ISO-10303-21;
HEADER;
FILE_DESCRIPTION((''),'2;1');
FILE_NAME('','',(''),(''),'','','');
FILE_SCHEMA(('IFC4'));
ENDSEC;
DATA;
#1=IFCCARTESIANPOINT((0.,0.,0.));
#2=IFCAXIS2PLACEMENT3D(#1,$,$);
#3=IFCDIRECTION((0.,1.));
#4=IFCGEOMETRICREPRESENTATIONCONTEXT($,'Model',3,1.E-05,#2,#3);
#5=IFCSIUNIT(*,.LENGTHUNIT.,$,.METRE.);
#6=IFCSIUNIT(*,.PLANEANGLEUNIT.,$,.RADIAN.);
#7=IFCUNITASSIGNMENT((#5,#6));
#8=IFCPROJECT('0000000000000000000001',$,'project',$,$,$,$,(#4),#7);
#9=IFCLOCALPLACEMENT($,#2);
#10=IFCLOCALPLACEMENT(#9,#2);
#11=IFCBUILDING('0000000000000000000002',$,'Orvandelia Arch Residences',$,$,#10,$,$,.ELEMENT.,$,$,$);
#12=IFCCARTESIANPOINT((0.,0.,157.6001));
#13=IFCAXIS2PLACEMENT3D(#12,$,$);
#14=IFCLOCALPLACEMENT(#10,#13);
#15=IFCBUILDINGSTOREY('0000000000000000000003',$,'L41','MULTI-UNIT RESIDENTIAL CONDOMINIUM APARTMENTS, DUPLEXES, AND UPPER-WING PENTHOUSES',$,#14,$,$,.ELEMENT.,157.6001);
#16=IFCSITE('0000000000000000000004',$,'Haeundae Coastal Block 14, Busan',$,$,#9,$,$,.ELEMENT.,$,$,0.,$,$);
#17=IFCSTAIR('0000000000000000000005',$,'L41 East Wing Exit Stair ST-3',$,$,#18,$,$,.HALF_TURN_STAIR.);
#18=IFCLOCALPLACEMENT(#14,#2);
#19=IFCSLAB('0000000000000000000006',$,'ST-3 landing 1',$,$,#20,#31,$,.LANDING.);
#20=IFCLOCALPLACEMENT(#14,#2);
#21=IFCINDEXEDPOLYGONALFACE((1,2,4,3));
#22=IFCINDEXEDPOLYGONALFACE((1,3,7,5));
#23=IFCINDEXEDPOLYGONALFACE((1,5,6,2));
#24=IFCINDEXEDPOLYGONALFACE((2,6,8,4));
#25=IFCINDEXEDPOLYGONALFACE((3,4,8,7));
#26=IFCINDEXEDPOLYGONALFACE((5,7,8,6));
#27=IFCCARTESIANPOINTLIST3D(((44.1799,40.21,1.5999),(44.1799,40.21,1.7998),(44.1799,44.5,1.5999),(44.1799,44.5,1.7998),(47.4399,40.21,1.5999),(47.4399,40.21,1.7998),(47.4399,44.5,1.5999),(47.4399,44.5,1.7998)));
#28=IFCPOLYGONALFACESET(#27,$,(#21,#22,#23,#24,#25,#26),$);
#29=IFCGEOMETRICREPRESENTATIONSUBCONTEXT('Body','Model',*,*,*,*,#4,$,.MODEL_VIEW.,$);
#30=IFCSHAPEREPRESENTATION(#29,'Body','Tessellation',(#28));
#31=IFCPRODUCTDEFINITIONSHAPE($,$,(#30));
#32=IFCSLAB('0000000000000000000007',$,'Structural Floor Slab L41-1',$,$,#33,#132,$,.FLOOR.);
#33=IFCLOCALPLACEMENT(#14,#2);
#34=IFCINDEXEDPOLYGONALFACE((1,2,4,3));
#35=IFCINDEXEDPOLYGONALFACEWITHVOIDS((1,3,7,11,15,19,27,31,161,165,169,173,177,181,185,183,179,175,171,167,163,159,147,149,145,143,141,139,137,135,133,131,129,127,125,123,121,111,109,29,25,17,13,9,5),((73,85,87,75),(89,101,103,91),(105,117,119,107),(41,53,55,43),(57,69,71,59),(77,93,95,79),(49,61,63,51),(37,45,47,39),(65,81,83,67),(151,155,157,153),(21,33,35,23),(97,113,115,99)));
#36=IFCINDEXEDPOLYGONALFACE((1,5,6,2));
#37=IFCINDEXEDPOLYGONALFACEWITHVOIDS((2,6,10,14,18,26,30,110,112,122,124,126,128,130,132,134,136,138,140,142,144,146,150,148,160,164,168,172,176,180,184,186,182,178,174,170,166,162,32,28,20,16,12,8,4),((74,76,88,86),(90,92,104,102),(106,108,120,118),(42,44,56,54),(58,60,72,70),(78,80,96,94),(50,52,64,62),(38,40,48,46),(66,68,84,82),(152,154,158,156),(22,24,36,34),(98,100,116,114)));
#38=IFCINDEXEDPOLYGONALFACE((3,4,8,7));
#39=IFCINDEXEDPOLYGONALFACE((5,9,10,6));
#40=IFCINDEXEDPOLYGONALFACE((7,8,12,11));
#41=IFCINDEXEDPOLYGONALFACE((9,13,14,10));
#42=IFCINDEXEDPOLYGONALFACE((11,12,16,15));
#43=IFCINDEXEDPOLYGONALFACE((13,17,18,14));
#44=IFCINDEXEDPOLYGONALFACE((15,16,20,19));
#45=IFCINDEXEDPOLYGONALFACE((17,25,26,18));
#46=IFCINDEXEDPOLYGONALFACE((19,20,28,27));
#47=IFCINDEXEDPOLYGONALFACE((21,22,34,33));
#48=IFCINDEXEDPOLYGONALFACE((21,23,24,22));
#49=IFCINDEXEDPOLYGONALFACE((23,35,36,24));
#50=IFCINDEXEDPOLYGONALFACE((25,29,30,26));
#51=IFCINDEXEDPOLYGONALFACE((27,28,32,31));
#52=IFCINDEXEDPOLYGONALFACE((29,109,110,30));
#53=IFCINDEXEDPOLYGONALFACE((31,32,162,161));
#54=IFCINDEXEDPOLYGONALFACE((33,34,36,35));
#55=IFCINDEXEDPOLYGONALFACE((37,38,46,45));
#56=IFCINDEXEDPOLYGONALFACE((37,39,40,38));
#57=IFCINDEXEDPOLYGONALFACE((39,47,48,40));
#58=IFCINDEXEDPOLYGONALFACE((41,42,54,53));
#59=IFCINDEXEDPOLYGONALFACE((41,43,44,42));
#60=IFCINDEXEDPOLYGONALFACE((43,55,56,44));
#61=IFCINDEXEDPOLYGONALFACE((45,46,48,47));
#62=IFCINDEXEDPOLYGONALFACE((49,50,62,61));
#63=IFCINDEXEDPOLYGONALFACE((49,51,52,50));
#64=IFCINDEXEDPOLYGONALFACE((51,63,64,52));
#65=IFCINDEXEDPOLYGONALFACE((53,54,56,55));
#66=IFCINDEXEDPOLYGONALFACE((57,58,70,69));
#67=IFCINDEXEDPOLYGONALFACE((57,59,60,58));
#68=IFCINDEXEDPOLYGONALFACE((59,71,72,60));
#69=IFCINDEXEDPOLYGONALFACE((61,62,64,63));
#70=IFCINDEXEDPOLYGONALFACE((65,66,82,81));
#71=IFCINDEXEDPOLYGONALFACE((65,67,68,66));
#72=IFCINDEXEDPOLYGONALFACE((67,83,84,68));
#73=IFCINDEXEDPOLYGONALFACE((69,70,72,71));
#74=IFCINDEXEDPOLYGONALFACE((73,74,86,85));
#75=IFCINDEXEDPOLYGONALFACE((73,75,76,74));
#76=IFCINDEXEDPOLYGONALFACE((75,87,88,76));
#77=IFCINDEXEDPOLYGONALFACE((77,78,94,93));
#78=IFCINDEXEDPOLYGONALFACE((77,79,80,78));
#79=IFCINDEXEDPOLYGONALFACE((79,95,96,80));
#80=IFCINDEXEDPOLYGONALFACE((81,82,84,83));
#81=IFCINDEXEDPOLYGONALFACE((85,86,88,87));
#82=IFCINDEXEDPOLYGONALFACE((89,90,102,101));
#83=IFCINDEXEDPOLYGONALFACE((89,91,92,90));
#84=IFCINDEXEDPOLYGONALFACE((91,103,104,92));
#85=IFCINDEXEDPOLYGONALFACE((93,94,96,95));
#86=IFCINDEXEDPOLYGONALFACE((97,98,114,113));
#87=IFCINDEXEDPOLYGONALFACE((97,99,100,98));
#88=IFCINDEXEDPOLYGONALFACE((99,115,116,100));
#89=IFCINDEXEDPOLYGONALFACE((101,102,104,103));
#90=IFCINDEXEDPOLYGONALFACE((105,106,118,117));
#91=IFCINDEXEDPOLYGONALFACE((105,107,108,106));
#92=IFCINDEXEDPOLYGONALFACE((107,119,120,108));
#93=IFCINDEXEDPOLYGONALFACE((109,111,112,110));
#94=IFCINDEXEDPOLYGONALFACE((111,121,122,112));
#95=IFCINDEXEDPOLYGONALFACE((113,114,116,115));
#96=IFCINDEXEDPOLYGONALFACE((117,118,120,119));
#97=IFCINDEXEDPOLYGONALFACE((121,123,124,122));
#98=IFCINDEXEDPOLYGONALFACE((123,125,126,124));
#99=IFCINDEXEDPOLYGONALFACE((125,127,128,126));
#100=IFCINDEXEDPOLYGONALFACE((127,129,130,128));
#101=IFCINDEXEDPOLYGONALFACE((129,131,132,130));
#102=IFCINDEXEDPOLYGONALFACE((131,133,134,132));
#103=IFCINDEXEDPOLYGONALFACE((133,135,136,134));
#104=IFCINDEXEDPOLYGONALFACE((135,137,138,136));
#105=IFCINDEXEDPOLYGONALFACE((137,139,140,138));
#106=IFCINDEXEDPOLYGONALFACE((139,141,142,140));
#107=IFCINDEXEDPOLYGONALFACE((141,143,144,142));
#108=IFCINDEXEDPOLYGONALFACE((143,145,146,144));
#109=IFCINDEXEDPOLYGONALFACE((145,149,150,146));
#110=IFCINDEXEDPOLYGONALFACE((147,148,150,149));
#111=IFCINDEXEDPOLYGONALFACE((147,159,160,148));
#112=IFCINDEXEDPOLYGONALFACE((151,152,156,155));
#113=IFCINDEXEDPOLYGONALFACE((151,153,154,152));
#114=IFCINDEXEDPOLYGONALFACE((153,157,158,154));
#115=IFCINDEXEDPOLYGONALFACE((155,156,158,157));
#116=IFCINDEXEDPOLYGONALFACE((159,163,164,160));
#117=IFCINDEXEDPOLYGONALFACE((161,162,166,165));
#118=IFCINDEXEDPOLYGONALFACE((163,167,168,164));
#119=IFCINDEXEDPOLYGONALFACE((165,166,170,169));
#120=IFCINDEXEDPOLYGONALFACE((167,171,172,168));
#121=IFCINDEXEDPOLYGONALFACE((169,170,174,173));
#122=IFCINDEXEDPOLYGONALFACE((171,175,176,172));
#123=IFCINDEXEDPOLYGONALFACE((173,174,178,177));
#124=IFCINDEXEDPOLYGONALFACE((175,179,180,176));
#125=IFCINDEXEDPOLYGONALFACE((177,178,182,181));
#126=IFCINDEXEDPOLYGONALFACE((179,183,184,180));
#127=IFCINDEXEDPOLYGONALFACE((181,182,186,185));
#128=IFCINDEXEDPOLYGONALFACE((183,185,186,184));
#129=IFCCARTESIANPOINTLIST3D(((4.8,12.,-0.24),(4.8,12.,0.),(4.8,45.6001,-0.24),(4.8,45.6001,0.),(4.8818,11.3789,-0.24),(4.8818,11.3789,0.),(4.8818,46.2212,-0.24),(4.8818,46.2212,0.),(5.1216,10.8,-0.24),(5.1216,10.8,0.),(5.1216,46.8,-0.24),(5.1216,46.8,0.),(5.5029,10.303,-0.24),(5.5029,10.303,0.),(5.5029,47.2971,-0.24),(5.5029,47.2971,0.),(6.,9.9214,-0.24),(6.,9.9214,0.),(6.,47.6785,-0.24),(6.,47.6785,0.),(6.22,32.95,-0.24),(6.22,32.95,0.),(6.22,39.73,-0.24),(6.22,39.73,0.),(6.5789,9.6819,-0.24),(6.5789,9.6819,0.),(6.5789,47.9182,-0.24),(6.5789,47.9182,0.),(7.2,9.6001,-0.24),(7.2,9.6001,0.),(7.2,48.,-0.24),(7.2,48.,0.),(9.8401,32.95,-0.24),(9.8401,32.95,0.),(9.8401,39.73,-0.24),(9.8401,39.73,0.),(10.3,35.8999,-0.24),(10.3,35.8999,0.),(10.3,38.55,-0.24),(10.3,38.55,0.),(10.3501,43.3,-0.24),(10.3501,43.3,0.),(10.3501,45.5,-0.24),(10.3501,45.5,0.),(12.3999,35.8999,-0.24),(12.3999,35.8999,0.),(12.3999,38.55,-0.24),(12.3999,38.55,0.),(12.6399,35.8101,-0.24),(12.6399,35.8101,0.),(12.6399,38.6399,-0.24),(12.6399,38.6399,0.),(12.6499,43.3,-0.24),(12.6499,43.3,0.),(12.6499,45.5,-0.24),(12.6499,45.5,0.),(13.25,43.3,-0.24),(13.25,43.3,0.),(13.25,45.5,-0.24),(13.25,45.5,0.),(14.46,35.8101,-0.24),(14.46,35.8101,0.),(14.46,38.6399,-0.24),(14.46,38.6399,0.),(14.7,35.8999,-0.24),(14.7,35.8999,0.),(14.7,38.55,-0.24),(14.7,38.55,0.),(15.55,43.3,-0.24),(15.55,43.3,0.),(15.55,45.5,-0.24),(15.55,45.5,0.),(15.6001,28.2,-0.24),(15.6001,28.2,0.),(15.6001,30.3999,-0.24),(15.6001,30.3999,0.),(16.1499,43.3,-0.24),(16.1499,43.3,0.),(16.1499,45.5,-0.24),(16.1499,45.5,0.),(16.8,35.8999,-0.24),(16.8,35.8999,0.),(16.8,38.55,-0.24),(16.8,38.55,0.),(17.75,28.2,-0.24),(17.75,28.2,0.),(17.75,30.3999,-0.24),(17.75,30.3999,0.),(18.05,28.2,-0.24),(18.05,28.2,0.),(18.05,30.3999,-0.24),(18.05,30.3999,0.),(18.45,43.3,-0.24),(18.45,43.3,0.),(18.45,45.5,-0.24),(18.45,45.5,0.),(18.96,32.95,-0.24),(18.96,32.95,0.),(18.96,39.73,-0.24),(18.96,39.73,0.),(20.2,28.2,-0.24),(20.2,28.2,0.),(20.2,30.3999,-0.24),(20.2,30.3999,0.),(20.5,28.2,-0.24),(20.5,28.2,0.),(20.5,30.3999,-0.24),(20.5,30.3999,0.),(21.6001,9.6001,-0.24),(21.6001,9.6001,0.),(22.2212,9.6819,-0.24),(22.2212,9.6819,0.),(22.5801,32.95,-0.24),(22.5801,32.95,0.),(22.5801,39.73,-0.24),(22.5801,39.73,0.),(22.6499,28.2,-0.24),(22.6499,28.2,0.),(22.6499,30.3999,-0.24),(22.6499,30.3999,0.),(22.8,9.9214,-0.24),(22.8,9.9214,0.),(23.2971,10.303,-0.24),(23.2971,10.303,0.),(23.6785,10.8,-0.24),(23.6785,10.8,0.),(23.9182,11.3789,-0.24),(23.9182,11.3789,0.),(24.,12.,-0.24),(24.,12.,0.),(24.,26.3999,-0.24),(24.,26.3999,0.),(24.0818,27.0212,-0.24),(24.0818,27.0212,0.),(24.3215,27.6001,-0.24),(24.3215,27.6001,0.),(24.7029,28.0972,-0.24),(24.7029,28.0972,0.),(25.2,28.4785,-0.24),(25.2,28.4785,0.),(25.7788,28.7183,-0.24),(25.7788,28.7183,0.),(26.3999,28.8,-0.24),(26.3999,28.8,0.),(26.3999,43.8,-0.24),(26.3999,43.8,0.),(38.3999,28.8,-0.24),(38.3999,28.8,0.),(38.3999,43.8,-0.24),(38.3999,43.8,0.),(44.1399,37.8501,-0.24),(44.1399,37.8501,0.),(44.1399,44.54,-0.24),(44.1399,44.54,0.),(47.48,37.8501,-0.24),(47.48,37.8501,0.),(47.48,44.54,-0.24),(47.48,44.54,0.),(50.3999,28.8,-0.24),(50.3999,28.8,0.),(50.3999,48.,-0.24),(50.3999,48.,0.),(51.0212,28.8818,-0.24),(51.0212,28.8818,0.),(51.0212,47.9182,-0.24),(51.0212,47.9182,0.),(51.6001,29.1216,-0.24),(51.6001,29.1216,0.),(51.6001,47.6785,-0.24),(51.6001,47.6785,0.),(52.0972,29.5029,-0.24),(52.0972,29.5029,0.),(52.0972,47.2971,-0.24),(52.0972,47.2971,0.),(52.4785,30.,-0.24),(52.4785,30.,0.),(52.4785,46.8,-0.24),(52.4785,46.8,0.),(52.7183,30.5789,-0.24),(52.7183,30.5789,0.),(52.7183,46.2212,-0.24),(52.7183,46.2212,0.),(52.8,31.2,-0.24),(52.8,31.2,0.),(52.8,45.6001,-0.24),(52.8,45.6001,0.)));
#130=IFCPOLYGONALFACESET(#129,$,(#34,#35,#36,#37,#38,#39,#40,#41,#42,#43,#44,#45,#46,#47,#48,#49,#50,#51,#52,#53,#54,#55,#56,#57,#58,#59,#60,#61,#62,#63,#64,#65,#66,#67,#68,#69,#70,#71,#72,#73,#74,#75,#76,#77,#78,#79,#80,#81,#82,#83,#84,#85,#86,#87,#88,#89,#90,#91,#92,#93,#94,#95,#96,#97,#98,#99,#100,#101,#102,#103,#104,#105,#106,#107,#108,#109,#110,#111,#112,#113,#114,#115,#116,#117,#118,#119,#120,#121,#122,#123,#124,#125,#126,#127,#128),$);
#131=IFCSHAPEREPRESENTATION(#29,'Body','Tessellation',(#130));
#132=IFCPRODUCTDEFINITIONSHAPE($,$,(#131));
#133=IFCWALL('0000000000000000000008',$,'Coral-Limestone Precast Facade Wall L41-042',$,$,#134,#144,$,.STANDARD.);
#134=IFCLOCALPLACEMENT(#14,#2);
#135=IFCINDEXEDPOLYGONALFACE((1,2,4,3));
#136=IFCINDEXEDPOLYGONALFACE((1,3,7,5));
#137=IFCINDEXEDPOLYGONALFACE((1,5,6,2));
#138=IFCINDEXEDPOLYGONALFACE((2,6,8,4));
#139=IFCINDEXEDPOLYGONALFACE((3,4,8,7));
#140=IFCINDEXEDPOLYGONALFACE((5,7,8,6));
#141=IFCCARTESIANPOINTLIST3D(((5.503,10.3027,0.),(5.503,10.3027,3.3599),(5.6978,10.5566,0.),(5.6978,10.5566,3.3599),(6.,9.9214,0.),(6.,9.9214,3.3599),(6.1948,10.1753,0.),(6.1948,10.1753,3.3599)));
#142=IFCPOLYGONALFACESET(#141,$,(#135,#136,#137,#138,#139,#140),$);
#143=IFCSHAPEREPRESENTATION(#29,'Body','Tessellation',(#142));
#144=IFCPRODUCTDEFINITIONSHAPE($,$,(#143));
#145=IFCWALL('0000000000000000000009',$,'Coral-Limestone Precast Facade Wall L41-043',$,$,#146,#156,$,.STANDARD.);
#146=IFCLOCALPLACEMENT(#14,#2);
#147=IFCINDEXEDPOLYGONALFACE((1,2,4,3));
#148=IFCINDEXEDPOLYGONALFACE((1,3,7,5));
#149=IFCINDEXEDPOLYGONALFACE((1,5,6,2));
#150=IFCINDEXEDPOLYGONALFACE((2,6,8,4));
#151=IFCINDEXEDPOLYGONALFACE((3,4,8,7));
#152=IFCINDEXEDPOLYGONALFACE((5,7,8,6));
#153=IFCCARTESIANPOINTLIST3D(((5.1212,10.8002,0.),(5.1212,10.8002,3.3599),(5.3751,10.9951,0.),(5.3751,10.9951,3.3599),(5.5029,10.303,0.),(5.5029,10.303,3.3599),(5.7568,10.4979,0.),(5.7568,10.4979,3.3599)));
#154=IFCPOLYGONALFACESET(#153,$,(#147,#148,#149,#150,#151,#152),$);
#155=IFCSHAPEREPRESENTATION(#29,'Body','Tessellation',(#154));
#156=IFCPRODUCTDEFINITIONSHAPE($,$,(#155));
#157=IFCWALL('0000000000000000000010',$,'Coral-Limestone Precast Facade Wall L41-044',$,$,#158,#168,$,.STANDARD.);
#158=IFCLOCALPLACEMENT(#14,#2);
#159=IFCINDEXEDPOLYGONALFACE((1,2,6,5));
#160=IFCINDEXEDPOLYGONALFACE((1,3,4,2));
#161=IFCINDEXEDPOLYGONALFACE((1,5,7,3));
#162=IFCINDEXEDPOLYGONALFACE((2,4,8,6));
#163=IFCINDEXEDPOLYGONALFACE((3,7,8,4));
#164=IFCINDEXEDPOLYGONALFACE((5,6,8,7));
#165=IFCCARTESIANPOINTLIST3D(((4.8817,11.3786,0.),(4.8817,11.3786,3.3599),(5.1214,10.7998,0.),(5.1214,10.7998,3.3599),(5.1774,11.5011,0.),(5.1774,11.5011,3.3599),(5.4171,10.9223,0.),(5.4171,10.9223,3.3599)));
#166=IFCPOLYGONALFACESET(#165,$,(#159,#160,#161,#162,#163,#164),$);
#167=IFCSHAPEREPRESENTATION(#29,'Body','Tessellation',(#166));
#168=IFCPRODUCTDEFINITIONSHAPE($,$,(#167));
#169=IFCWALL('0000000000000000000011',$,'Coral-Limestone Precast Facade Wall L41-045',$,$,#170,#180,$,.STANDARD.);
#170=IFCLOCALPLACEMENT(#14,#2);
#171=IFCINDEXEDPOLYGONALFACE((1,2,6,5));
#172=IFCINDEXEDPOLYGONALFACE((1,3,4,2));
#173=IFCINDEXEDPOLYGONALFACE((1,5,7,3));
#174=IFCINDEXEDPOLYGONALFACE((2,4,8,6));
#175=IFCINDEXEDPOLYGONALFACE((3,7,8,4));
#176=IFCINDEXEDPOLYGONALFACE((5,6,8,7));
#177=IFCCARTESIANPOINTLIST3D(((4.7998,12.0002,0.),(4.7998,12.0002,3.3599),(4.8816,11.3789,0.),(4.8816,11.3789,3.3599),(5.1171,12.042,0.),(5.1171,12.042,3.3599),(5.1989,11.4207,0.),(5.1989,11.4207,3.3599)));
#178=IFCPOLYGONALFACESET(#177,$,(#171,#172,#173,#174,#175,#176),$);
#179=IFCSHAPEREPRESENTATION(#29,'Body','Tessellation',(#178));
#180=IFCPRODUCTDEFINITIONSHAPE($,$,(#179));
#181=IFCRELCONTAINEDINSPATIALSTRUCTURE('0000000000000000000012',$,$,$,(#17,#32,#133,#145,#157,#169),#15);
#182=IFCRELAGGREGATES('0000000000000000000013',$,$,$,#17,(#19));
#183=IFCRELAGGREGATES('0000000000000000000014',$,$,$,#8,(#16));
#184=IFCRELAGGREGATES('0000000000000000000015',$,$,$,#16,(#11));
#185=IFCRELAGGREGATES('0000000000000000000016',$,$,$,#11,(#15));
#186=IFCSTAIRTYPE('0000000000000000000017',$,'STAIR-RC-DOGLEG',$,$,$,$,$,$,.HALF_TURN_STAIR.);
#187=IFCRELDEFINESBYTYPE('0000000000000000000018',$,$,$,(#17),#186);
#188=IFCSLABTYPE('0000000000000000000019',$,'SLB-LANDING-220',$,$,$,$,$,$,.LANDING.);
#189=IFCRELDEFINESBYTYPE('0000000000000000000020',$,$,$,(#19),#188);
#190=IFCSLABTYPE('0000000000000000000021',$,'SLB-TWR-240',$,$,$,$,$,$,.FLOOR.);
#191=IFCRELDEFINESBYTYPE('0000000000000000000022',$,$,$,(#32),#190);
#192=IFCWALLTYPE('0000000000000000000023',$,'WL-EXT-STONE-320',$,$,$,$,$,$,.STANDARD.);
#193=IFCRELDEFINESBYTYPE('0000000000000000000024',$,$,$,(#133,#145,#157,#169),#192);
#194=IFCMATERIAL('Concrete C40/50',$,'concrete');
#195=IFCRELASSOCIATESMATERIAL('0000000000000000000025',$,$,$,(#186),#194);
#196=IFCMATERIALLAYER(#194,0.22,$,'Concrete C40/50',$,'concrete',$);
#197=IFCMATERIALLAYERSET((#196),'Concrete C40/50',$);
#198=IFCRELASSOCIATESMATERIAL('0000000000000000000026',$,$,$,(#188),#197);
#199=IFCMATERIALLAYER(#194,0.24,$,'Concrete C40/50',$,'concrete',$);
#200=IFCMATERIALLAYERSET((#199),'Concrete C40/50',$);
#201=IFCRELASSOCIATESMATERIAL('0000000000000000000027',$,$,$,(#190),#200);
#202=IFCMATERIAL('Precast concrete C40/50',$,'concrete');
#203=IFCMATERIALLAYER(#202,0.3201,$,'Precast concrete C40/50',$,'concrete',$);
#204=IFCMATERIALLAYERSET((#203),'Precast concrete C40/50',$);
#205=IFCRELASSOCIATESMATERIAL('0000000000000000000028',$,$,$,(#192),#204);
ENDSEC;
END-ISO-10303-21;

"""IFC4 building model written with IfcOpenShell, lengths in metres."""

from ifc_helpers import new_model, si_unit, direction, frame, frame_2d, origin, place, context, subcontext, project, spatial, polyline, rectangle, outline, extrude, material, layer, layer_set, type_object, element, aggregate, save


model = new_model("IFC4")

# Units and contexts
model_context = context("Model", 3, precision=1e-05, world=origin(), true_north=direction((0.0, 1.0)))
body_context = subcontext(model_context, "Body", "Model", "MODEL_VIEW")
ifc_project = project(units=[si_unit("LENGTHUNIT", "METRE"), si_unit("PLANEANGLEUNIT", "RADIAN")], contexts=[model_context])

# Site, building, storey
site_placement = place(None, origin())
site = spatial("IfcSite", under=ifc_project, at=site_placement, Name="Haeundae Coastal Block 14, Busan", CompositionType="ELEMENT", RefElevation=0.0)
building_placement = place(site_placement, origin())
building = spatial("IfcBuilding", under=site, at=building_placement, Name="Orvandelia Arch Residences", CompositionType="ELEMENT")
storey_placement = place(building_placement, frame((0.0, 0.0, 157.6001)))
storey = spatial("IfcBuildingStorey", under=building, at=storey_placement, Name="L41", Description="MULTI-UNIT RESIDENTIAL CONDOMINIUM APARTMENTS, DUPLEXES, AND UPPER-WING PENTHOUSES", CompositionType="ELEMENT", Elevation=157.6001)

# Shared definitions
ifc_material_1 = material(Name="Precast concrete C40/50", Category="concrete")

# Stair, slab
ifc_material_2 = material(Name="Concrete C40/50", Category="concrete")
stair_type = type_object("IfcStairType", Name="STAIR-RC-DOGLEG", PredefinedType="HALF_TURN_STAIR", material=ifc_material_2)
ifc_layer_1 = layer(ifc_material_2, 0.22, Name="Concrete C40/50", Category="concrete")
ifc_layer_set_1 = layer_set([ifc_layer_1], Name="Concrete C40/50")
slab_type_1 = type_object("IfcSlabType", Name="SLB-LANDING-220", PredefinedType="LANDING", material=ifc_layer_set_1)
stair_1_placement = place(storey_placement, origin())
stair_1 = element("IfcStair", 1, at=stair_1_placement, inside=storey, type_object=stair_type, Name="L41 East Wing Exit Stair ST-3", PredefinedType="HALF_TURN_STAIR")
slab_1_placement = place(storey_placement, frame((0.0, 0.0, 1.5999)))
slab_1 = element("IfcSlab", 2, at=slab_1_placement, type_object=slab_type_1, Name="ST-3 landing 1", PredefinedType="LANDING", context=body_context, shape_type="SweptSolid", body=[
    extrude(outline(polyline([(47.4399, 40.21), (47.4399, 44.5), (44.1799, 44.5), (44.1799, 40.21), (47.4399, 40.21)])), origin(), (0.0, 0.0, 1.0), 0.2),
])
aggregate(stair_1, [slab_1])

# Slab
ifc_layer_2 = layer(ifc_material_2, 0.24, Name="Concrete C40/50", Category="concrete")
ifc_layer_set_2 = layer_set([ifc_layer_2], Name="Concrete C40/50")
slab_type_2 = type_object("IfcSlabType", Name="SLB-TWR-240", PredefinedType="FLOOR", material=ifc_layer_set_2)
slab_2_placement = place(storey_placement, frame((0.0, 0.0, -0.24)))
element("IfcSlab", 3, at=slab_2_placement, inside=storey, type_object=slab_type_2, Name="Structural Floor Slab L41-1", PredefinedType="FLOOR", context=body_context, shape_type="SweptSolid", body=[
    extrude(outline(polyline([(4.8, 12.0), (4.8818, 11.3789), (5.1216, 10.8), (5.5029, 10.303), (6.0, 9.9214), (6.5789, 9.6819), (7.2, 9.6001), (21.6001, 9.6001), (22.2212, 9.6819), (22.8, 9.9214), (23.2971, 10.303), (23.6785, 10.8), (23.9182, 11.3789), (24.0, 12.0), (24.0, 26.3999), (24.0818, 27.0212), (24.3215, 27.6001), (24.7029, 28.0972), (25.2, 28.4785), (25.7788, 28.7183), (26.3999, 28.8), (26.3999, 43.8), (38.3999, 43.8), (38.3999, 28.8), (50.3999, 28.8), (51.0212, 28.8818), (51.6001, 29.1216), (52.0972, 29.5029), (52.4785, 30.0), (52.7183, 30.5789), (52.8, 31.2), (52.8, 45.6001), (52.7183, 46.2212), (52.4785, 46.8), (52.0972, 47.2971), (51.6001, 47.6785), (51.0212, 47.9182), (50.3999, 48.0), (7.2, 48.0), (6.5789, 47.9182), (6.0, 47.6785), (5.5029, 47.2971), (5.1216, 46.8), (4.8818, 46.2212), (4.8, 45.6001), (4.8, 12.0)]), holes=[polyline([(6.22, 32.95), (9.8401, 32.95), (9.8401, 39.73), (6.22, 39.73), (6.22, 32.95)]), polyline([(18.96, 32.95), (22.5801, 32.95), (22.5801, 39.73), (18.96, 39.73), (18.96, 32.95)]), polyline([(44.1399, 37.8501), (47.48, 37.8501), (47.48, 44.54), (44.1399, 44.54), (44.1399, 37.8501)]), polyline([(12.6399, 35.8101), (14.46, 35.8101), (14.46, 38.6399), (12.6399, 38.6399), (12.6399, 35.8101)]), polyline([(10.3, 35.8999), (12.3999, 35.8999), (12.3999, 38.55), (10.3, 38.55), (10.3, 35.8999)]), polyline([(14.7, 35.8999), (16.8, 35.8999), (16.8, 38.55), (14.7, 38.55), (14.7, 35.8999)]), polyline([(10.3501, 43.3), (12.6499, 43.3), (12.6499, 45.5), (10.3501, 45.5), (10.3501, 43.3)]), polyline([(13.25, 43.3), (15.55, 43.3), (15.55, 45.5), (13.25, 45.5), (13.25, 43.3)]), polyline([(16.1499, 43.3), (18.45, 43.3), (18.45, 45.5), (16.1499, 45.5), (16.1499, 43.3)]), polyline([(15.6001, 28.2), (17.75, 28.2), (17.75, 30.3999), (15.6001, 30.3999), (15.6001, 28.2)]), polyline([(18.05, 28.2), (20.2, 28.2), (20.2, 30.3999), (18.05, 30.3999), (18.05, 28.2)]), polyline([(20.5, 28.2), (22.6499, 28.2), (22.6499, 30.3999), (20.5, 30.3999), (20.5, 28.2)])]), origin(), (0.0, 0.0, 1.0), 0.24),
])

# Walls
ifc_layer_3 = layer(ifc_material_1, 0.3201, Name="Precast concrete C40/50", Category="concrete")
ifc_layer_set_3 = layer_set([ifc_layer_3], Name="Precast concrete C40/50")
wall_type_1 = type_object("IfcWallType", Name="WL-EXT-STONE-320", PredefinedType="STANDARD", material=ifc_layer_set_3)
wall_1_placement = place(storey_placement, frame((6.0974, 10.0483, 0.0), z_axis=(0.0, 0.0, 1.0), x_axis=(-0.793406, 0.608693, 0.0)))
element("IfcWall", 4, at=wall_1_placement, inside=storey, type_object=wall_type_1, Name="Coral-Limestone Precast Facade Wall L41-042", PredefinedType="STANDARD", context=body_context, shape_type="SweptSolid", body=[
    extrude(rectangle(XDim=0.6265, YDim=0.3201, at=frame_2d((0.3132, 0.0))), origin(), (0.0, 0.0, 1.0), 3.3599),
])
wall_2_placement = place(storey_placement, frame((5.6299, 10.4004, 0.0), z_axis=(0.0, 0.0, 1.0), x_axis=(-0.608939, 0.793217, 0.0)))
element("IfcWall", 5, at=wall_2_placement, inside=storey, type_object=wall_type_1, Name="Coral-Limestone Precast Facade Wall L41-043", PredefinedType="STANDARD", context=body_context, shape_type="SweptSolid", body=[
    extrude(rectangle(XDim=0.6267, YDim=0.3201, at=frame_2d((0.3135, 0.0))), origin(), (0.0, 0.0, 1.0), 3.3599),
])
wall_3_placement = place(storey_placement, frame((5.2693, 10.8611, 0.0), z_axis=(0.0, 0.0, 1.0), x_axis=(-0.38265, 0.923893, 0.0)))
element("IfcWall", 6, at=wall_3_placement, inside=storey, type_object=wall_type_1, Name="Coral-Limestone Precast Facade Wall L41-044", PredefinedType="STANDARD", context=body_context, shape_type="SweptSolid", body=[
    extrude(rectangle(XDim=0.6265, YDim=0.3201, at=frame_2d((0.3132, 0.0))), origin(), (0.0, 0.0, 1.0), 3.3599),
])
wall_4_placement = place(storey_placement, frame((5.0403, 11.3997, 0.0), z_axis=(0.0, 0.0, 1.0), x_axis=(-0.130505, 0.991448, 0.0)))
element("IfcWall", 7, at=wall_4_placement, inside=storey, type_object=wall_type_1, Name="Coral-Limestone Precast Facade Wall L41-045", PredefinedType="STANDARD", context=body_context, shape_type="SweptSolid", body=[
    extrude(rectangle(XDim=0.6267, YDim=0.3201, at=frame_2d((0.3135, 0.0))), origin(), (0.0, 0.0, 1.0), 3.3599),
])

save(model, "model.ifc")
